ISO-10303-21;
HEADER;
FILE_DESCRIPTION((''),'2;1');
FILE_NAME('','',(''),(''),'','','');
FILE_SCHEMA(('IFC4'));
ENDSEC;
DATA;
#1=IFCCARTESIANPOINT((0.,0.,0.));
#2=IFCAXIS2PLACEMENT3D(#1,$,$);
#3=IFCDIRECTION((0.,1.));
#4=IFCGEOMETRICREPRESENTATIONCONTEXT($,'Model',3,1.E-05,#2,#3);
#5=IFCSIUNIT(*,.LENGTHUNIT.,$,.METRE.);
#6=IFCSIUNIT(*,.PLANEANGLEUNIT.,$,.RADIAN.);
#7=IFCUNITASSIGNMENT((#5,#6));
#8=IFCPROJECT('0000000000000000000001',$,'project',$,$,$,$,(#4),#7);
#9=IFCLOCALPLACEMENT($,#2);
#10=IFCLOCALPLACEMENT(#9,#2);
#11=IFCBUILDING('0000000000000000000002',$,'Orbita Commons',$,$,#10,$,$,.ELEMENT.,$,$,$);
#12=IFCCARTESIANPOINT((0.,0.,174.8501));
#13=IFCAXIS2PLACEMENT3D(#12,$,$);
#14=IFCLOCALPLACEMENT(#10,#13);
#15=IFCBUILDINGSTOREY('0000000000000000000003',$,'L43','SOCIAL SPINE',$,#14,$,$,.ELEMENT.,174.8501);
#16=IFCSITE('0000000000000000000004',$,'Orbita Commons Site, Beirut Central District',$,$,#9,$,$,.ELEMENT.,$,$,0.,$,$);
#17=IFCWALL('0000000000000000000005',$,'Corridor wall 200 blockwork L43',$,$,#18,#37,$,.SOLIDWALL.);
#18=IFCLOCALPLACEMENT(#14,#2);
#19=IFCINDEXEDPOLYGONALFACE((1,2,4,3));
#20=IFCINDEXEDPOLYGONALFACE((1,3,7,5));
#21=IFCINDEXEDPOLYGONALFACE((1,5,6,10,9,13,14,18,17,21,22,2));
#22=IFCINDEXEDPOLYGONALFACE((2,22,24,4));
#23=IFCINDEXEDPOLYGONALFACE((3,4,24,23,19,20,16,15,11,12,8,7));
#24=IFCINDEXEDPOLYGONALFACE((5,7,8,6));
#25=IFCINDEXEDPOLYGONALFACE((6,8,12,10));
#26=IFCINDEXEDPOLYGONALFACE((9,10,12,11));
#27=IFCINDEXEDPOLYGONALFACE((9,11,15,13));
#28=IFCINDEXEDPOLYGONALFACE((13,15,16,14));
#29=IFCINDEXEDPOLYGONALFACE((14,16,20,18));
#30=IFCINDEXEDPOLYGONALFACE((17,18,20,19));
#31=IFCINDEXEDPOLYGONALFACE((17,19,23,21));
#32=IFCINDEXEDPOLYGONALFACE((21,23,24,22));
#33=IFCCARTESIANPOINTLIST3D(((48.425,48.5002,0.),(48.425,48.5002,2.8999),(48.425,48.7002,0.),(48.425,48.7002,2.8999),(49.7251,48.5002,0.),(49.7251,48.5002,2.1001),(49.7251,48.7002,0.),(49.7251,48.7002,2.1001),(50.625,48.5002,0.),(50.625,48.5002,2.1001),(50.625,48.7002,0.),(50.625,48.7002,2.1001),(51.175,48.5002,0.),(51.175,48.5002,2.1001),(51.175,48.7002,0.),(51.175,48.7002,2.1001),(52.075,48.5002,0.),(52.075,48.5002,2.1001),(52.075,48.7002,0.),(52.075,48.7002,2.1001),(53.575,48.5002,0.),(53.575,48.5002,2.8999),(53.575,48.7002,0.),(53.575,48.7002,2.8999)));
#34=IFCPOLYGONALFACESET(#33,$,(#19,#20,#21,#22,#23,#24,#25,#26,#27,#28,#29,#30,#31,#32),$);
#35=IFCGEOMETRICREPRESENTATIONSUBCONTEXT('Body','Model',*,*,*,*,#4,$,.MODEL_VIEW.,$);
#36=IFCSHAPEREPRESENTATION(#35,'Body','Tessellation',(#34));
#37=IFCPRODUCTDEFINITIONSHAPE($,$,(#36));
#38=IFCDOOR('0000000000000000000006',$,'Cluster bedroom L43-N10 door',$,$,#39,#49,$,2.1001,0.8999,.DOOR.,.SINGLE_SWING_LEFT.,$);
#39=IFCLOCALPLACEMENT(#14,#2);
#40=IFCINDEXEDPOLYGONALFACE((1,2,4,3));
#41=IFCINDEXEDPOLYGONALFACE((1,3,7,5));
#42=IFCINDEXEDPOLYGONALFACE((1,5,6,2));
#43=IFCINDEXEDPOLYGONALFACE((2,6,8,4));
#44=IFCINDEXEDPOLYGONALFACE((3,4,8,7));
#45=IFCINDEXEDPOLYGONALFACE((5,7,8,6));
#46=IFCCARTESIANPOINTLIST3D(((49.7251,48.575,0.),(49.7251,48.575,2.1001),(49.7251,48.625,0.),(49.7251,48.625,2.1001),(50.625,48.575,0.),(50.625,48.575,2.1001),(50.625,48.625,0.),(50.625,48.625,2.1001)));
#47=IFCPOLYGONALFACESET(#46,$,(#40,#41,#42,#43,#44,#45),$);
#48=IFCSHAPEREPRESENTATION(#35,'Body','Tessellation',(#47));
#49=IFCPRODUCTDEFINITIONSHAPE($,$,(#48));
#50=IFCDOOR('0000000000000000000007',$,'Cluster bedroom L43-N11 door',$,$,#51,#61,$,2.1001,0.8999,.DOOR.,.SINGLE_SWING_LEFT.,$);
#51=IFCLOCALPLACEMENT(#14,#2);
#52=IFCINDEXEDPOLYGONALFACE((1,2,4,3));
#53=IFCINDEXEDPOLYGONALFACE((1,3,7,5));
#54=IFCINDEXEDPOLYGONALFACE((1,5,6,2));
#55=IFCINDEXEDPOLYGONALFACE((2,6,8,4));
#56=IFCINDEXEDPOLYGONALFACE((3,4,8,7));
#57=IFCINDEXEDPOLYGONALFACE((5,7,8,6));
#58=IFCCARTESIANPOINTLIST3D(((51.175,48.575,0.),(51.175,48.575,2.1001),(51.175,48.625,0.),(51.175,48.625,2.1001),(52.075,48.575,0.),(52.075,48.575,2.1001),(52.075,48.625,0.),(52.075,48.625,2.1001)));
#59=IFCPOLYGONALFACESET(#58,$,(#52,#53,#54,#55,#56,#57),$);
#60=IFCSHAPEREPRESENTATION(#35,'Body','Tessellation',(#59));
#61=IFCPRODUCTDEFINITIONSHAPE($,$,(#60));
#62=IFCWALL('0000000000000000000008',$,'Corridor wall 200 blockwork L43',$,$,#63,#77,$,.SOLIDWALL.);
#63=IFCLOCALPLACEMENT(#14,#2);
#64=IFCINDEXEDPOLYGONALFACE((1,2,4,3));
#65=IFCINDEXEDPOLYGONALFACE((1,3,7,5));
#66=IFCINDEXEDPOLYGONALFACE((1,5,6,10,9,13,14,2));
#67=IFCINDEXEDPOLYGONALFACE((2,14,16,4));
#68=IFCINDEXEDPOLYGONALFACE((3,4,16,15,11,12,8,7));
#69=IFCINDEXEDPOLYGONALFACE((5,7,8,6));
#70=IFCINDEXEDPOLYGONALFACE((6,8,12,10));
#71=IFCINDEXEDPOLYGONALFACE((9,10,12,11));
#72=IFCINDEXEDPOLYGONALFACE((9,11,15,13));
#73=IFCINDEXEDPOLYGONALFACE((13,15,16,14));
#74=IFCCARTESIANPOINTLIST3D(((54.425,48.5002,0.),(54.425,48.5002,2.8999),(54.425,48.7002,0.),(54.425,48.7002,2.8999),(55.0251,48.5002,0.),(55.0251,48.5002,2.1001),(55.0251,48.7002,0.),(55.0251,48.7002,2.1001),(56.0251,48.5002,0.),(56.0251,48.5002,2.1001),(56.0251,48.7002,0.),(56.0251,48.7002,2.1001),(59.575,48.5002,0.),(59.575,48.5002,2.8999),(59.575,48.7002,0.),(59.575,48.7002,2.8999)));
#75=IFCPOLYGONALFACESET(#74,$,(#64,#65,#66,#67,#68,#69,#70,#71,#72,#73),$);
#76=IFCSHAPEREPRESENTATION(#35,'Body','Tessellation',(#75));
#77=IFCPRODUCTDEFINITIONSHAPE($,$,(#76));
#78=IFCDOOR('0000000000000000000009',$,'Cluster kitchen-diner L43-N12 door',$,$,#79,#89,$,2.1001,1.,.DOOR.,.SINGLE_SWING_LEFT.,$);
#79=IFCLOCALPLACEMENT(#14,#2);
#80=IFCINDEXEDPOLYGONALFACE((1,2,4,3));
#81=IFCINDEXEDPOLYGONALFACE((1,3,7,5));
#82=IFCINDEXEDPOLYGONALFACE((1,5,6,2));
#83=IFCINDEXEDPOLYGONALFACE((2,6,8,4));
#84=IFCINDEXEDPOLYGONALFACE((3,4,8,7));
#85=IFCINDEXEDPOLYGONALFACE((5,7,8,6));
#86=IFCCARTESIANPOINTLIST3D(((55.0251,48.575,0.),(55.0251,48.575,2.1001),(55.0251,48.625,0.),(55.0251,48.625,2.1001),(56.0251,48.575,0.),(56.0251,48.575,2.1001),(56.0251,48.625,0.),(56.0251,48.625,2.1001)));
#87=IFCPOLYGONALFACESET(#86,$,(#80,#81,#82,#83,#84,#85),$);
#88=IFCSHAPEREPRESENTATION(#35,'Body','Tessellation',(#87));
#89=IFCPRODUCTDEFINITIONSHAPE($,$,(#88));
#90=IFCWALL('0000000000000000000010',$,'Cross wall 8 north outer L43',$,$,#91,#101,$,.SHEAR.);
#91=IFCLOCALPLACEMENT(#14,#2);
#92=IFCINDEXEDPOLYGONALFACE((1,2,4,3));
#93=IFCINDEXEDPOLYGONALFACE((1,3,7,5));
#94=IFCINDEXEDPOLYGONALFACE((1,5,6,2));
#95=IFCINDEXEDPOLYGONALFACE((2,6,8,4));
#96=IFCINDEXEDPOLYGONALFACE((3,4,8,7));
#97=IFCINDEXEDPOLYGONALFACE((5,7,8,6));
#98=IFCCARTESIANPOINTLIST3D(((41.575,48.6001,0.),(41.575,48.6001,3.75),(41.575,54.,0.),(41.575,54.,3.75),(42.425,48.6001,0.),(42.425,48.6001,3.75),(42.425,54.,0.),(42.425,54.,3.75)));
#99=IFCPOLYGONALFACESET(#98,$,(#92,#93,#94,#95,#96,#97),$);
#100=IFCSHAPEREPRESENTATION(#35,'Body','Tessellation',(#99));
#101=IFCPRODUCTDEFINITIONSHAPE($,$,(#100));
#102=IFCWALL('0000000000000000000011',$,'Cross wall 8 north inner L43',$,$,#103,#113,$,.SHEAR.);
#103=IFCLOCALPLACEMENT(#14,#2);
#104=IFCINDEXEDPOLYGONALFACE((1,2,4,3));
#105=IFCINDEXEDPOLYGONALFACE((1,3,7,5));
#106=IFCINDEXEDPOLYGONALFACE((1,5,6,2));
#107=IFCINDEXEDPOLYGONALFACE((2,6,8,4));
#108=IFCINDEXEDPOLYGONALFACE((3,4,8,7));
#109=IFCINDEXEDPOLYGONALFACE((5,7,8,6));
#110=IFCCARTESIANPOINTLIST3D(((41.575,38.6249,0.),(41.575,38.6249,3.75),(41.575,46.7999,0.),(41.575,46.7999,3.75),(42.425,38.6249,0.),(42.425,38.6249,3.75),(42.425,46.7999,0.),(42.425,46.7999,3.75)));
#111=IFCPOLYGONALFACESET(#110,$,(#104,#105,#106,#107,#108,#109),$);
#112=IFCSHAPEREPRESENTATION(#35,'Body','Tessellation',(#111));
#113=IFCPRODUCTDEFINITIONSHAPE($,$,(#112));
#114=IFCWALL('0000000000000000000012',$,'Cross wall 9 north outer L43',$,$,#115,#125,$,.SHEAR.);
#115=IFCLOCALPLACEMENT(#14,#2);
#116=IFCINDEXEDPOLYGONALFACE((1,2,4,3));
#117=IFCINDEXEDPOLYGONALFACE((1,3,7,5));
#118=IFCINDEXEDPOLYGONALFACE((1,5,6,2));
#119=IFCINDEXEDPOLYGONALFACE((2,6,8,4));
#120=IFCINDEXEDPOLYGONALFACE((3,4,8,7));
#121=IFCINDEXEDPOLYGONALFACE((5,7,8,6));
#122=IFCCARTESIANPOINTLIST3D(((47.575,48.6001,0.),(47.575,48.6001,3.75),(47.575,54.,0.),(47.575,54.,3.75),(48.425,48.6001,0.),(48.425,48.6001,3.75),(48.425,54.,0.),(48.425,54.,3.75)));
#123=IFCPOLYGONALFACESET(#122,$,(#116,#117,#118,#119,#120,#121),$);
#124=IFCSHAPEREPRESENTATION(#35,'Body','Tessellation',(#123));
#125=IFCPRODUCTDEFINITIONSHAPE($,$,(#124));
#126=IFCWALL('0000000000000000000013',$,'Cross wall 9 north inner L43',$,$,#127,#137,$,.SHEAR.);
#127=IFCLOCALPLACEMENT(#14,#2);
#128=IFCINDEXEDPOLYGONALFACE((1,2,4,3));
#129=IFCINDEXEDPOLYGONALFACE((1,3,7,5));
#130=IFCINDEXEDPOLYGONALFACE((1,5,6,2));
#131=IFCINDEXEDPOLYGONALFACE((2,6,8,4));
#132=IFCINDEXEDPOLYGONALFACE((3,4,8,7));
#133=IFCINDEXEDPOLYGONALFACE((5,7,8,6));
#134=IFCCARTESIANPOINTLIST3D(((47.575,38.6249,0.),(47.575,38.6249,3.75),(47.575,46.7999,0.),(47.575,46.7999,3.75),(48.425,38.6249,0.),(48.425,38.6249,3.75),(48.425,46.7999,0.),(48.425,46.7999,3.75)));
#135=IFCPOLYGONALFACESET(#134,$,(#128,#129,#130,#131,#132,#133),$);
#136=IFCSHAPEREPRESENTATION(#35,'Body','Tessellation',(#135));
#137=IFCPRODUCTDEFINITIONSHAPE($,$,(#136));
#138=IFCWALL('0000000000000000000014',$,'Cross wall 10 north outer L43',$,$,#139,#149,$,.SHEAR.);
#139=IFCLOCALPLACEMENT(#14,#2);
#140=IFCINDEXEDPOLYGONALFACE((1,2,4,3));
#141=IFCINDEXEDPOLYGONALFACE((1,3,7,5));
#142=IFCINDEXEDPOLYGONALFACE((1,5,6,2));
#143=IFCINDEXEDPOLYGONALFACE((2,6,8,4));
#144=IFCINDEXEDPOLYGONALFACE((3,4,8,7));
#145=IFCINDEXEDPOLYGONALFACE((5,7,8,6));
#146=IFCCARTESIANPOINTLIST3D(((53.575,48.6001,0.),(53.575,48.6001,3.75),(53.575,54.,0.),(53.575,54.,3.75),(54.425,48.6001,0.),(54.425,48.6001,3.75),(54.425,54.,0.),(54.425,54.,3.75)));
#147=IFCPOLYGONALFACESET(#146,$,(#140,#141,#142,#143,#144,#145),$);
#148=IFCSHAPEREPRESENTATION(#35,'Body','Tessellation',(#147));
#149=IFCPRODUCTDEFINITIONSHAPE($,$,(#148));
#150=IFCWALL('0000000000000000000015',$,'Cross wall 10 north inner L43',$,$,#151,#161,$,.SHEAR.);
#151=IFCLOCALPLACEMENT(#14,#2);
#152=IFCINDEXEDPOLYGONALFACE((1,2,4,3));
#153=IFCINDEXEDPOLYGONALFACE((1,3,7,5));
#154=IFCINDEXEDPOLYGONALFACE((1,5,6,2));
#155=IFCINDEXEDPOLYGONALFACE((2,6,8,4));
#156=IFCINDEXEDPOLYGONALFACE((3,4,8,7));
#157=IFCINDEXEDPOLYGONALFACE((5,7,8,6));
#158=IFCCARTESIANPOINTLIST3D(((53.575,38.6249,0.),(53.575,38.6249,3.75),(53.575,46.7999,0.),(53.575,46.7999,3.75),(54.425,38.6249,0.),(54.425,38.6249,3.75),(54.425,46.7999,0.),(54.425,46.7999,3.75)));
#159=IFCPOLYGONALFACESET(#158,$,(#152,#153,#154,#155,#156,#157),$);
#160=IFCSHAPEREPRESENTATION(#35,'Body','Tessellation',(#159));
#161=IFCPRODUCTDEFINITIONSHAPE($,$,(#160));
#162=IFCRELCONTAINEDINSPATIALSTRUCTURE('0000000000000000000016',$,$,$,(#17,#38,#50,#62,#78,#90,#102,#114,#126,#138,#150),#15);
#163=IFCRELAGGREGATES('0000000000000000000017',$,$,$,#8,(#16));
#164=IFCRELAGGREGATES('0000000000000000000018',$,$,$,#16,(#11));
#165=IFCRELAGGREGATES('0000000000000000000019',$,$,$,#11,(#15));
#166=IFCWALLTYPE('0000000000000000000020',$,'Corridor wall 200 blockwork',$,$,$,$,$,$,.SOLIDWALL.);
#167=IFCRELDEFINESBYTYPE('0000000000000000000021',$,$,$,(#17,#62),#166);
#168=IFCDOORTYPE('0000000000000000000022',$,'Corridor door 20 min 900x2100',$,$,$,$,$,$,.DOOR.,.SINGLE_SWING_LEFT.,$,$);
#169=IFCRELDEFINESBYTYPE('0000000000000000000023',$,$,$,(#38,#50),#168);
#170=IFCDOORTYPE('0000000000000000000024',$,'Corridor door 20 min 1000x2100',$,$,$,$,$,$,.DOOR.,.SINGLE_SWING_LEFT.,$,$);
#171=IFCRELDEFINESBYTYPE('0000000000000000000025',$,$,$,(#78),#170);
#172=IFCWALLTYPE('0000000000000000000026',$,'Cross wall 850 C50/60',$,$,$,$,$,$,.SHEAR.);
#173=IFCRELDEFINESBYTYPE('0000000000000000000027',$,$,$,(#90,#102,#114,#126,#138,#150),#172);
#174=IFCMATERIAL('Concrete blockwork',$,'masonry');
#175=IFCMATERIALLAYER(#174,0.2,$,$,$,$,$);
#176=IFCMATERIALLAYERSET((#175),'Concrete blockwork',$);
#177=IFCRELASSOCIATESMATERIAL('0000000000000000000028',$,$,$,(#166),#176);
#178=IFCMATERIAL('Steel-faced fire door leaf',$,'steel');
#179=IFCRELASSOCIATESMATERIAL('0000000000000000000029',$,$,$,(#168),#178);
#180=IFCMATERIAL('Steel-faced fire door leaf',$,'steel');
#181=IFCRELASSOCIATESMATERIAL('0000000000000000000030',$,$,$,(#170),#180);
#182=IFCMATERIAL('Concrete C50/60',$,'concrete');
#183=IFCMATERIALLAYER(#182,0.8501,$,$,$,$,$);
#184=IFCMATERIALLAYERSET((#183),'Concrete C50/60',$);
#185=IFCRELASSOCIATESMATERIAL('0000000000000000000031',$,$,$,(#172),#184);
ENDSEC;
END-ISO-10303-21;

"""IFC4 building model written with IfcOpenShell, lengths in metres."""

from ifc_helpers import new_model, si_unit, direction, frame, frame_2d, origin, place, context, subcontext, project, spatial, polyline, rectangle, outline, extrude, material, layer, layer_set, type_object, element, fill, save


model = new_model("IFC4")

# Units and contexts
model_context = context("Model", 3, precision=1e-05, world=origin(), true_north=direction((0.0, 1.0)))
body_context = subcontext(model_context, "Body", "Model", "MODEL_VIEW")
ifc_project = project(units=[si_unit("LENGTHUNIT", "METRE"), si_unit("PLANEANGLEUNIT", "RADIAN")], contexts=[model_context])

# Site, building, storey
site_placement = place(None, origin())
site = spatial("IfcSite", under=ifc_project, at=site_placement, Name="Orbita Commons Site, Beirut Central District", CompositionType="ELEMENT", RefElevation=0.0)
building_placement = place(site_placement, origin())
building = spatial("IfcBuilding", under=site, at=building_placement, Name="Orbita Commons", CompositionType="ELEMENT")
storey_placement = place(building_placement, frame((0.0, 0.0, 174.8501)))
storey = spatial("IfcBuildingStorey", under=building, at=storey_placement, Name="L43", Description="SOCIAL SPINE", CompositionType="ELEMENT", Elevation=174.8501)

# Shared definitions
ifc_material_1 = material(Name="Concrete blockwork", Category="masonry")
ifc_layer_1 = layer(ifc_material_1, 0.2)
ifc_layer_set_1 = layer_set([ifc_layer_1], Name="Concrete blockwork")
wall_type_1 = type_object("IfcWallType", Name="Corridor wall 200 blockwork", PredefinedType="SOLIDWALL", material=ifc_layer_set_1)
ifc_material_2 = material(Name="Steel-faced fire door leaf", Category="steel")
door_type_1 = type_object("IfcDoorType", Name="Corridor door 20 min 900x2100", OperationType="SINGLE_SWING_LEFT", PredefinedType="DOOR", material=ifc_material_2)

# Wall, openings, doors
wall_1_placement = place(storey_placement, frame((48.425, 48.6001, 0.0), z_axis=(0.0, 0.0, 1.0), x_axis=(1.0, 0.0, 0.0)))
wall_1 = element("IfcWall", 1, at=wall_1_placement, inside=storey, type_object=wall_type_1, Name="Corridor wall 200 blockwork L43", PredefinedType="SOLIDWALL", context=body_context, shape_type="SweptSolid", body=[
    extrude(outline(polyline([(0.0, 0.0), (5.1499, 0.0), (5.1499, 2.8999), (0.0, 2.8999), (0.0, 0.0)])), frame((0.0, 0.1001, 0.0), z_axis=(0.0, -1.0, 0.0), x_axis=(1.0, 0.0, 0.0)), (0.0, 0.0, 1.0), 0.2),
])
opening_1_placement = place(wall_1_placement, frame((1.3, 0.0, 0.0)))
opening_1 = element("IfcOpeningElement", 2, at=opening_1_placement, cuts=wall_1, PredefinedType="OPENING", context=body_context, shape_type="SweptSolid", body=[
    extrude(rectangle(XDim=0.8999, YDim=2.1001, at=frame_2d((0.45, 1.05))), frame((0.0, 0.1099, 0.0), z_axis=(0.0, -1.0, 0.0), x_axis=(1.0, 0.0, 0.0)), (0.0, 0.0, 1.0), 0.22),
])
opening_2_placement = place(wall_1_placement, frame((2.75, 0.0, 0.0)))
opening_2 = element("IfcOpeningElement", 3, at=opening_2_placement, cuts=wall_1, PredefinedType="OPENING", context=body_context, shape_type="SweptSolid", body=[
    extrude(rectangle(XDim=0.8999, YDim=2.1001, at=frame_2d((0.45, 1.05))), frame((0.0, 0.1099, 0.0), z_axis=(0.0, -1.0, 0.0), x_axis=(1.0, 0.0, 0.0)), (0.0, 0.0, 1.0), 0.22),
])
door_1_placement = place(opening_1_placement, origin())
door_1 = element("IfcDoor", 4, at=door_1_placement, inside=storey, type_object=door_type_1, Name="Cluster bedroom L43-N10 door", OperationType="SINGLE_SWING_LEFT", OverallHeight=2.1001, OverallWidth=0.8999, PredefinedType="DOOR", context=body_context, shape_type="SweptSolid", body=[
    extrude(rectangle(XDim=0.8999, YDim=2.1001, at=frame_2d((0.45, 1.05))), frame((0.0, 0.0249, 0.0), z_axis=(0.0, -1.0, 0.0), x_axis=(1.0, 0.0, 0.0)), (0.0, 0.0, 1.0), 0.05),
])
fill(opening_1, door_1)
door_2_placement = place(opening_2_placement, origin())
door_2 = element("IfcDoor", 5, at=door_2_placement, inside=storey, type_object=door_type_1, Name="Cluster bedroom L43-N11 door", OperationType="SINGLE_SWING_LEFT", OverallHeight=2.1001, OverallWidth=0.8999, PredefinedType="DOOR", context=body_context, shape_type="SweptSolid", body=[
    extrude(rectangle(XDim=0.8999, YDim=2.1001, at=frame_2d((0.45, 1.05))), frame((0.0, 0.0249, 0.0), z_axis=(0.0, -1.0, 0.0), x_axis=(1.0, 0.0, 0.0)), (0.0, 0.0, 1.0), 0.05),
])
fill(opening_2, door_2)

# Wall, opening, door
wall_2_placement = place(storey_placement, frame((54.425, 48.6001, 0.0), z_axis=(0.0, 0.0, 1.0), x_axis=(1.0, 0.0, 0.0)))
wall_2 = element("IfcWall", 6, at=wall_2_placement, inside=storey, type_object=wall_type_1, Name="Corridor wall 200 blockwork L43", PredefinedType="SOLIDWALL", context=body_context, shape_type="SweptSolid", body=[
    extrude(outline(polyline([(0.0, 0.0), (5.1499, 0.0), (5.1499, 2.8999), (0.0, 2.8999), (0.0, 0.0)])), frame((0.0, 0.1001, 0.0), z_axis=(0.0, -1.0, 0.0), x_axis=(1.0, 0.0, 0.0)), (0.0, 0.0, 1.0), 0.2),
])
opening_3_placement = place(wall_2_placement, frame((0.6001, 0.0, 0.0)))
opening_3 = element("IfcOpeningElement", 7, at=opening_3_placement, cuts=wall_2, PredefinedType="OPENING", context=body_context, shape_type="SweptSolid", body=[
    extrude(rectangle(XDim=1.0, YDim=2.1001, at=frame_2d((0.5, 1.05))), frame((0.0, 0.1099, 0.0), z_axis=(0.0, -1.0, 0.0), x_axis=(1.0, 0.0, 0.0)), (0.0, 0.0, 1.0), 0.22),
])
ifc_material_3 = material(Name="Steel-faced fire door leaf", Category="steel")
door_type_2 = type_object("IfcDoorType", Name="Corridor door 20 min 1000x2100", OperationType="SINGLE_SWING_LEFT", PredefinedType="DOOR", material=ifc_material_3)
door_3_placement = place(opening_3_placement, origin())
door_3 = element("IfcDoor", 8, at=door_3_placement, inside=storey, type_object=door_type_2, Name="Cluster kitchen-diner L43-N12 door", OperationType="SINGLE_SWING_LEFT", OverallHeight=2.1001, OverallWidth=1.0, PredefinedType="DOOR", context=body_context, shape_type="SweptSolid", body=[
    extrude(rectangle(XDim=1.0, YDim=2.1001, at=frame_2d((0.5, 1.05))), frame((0.0, 0.0249, 0.0), z_axis=(0.0, -1.0, 0.0), x_axis=(1.0, 0.0, 0.0)), (0.0, 0.0, 1.0), 0.05),
])
fill(opening_3, door_3)

# Walls
ifc_material_4 = material(Name="Concrete C50/60", Category="concrete")
ifc_layer_2 = layer(ifc_material_4, 0.8501)
ifc_layer_set_2 = layer_set([ifc_layer_2], Name="Concrete C50/60")
wall_type_2 = type_object("IfcWallType", Name="Cross wall 850 C50/60", PredefinedType="SHEAR", material=ifc_layer_set_2)
wall_3_placement = place(storey_placement, frame((42.0, 48.6001, 0.0), z_axis=(0.0, 0.0, 1.0), x_axis=(0.0, 1.0, 0.0)))
element("IfcWall", 9, at=wall_3_placement, inside=storey, type_object=wall_type_2, Name="Cross wall 8 north outer L43", PredefinedType="SHEAR", context=body_context, shape_type="SweptSolid", body=[
    extrude(rectangle(XDim=5.3999, YDim=0.8501, at=frame_2d((2.7, 0.0))), origin(), (0.0, 0.0, 1.0), 3.75),
])
wall_4_placement = place(storey_placement, frame((42.0, 38.625, 0.0), z_axis=(0.0, 0.0, 1.0), x_axis=(0.0, 1.0, 0.0)))
element("IfcWall", 10, at=wall_4_placement, inside=storey, type_object=wall_type_2, Name="Cross wall 8 north inner L43", PredefinedType="SHEAR", context=body_context, shape_type="SweptSolid", body=[
    extrude(rectangle(XDim=8.175, YDim=0.8501, at=frame_2d((4.0874, 0.0))), origin(), (0.0, 0.0, 1.0), 3.75),
])
wall_5_placement = place(storey_placement, frame((48.0, 48.6001, 0.0), z_axis=(0.0, 0.0, 1.0), x_axis=(0.0, 1.0, 0.0)))
element("IfcWall", 11, at=wall_5_placement, inside=storey, type_object=wall_type_2, Name="Cross wall 9 north outer L43", PredefinedType="SHEAR", context=body_context, shape_type="SweptSolid", body=[
    extrude(rectangle(XDim=5.3999, YDim=0.8501, at=frame_2d((2.7, 0.0))), origin(), (0.0, 0.0, 1.0), 3.75),
])
wall_6_placement = place(storey_placement, frame((48.0, 38.625, 0.0), z_axis=(0.0, 0.0, 1.0), x_axis=(0.0, 1.0, 0.0)))
element("IfcWall", 12, at=wall_6_placement, inside=storey, type_object=wall_type_2, Name="Cross wall 9 north inner L43", PredefinedType="SHEAR", context=body_context, shape_type="SweptSolid", body=[
    extrude(rectangle(XDim=8.175, YDim=0.8501, at=frame_2d((4.0874, 0.0))), origin(), (0.0, 0.0, 1.0), 3.75),
])
wall_7_placement = place(storey_placement, frame((54.0, 48.6001, 0.0), z_axis=(0.0, 0.0, 1.0), x_axis=(0.0, 1.0, 0.0)))
element("IfcWall", 13, at=wall_7_placement, inside=storey, type_object=wall_type_2, Name="Cross wall 10 north outer L43", PredefinedType="SHEAR", context=body_context, shape_type="SweptSolid", body=[
    extrude(rectangle(XDim=5.3999, YDim=0.8501, at=frame_2d((2.7, 0.0))), origin(), (0.0, 0.0, 1.0), 3.75),
])
wall_8_placement = place(storey_placement, frame((54.0, 38.625, 0.0), z_axis=(0.0, 0.0, 1.0), x_axis=(0.0, 1.0, 0.0)))
element("IfcWall", 14, at=wall_8_placement, inside=storey, type_object=wall_type_2, Name="Cross wall 10 north inner L43", PredefinedType="SHEAR", context=body_context, shape_type="SweptSolid", body=[
    extrude(rectangle(XDim=8.175, YDim=0.8501, at=frame_2d((4.0874, 0.0))), origin(), (0.0, 0.0, 1.0), 3.75),
])

save(model, "model.ifc")
